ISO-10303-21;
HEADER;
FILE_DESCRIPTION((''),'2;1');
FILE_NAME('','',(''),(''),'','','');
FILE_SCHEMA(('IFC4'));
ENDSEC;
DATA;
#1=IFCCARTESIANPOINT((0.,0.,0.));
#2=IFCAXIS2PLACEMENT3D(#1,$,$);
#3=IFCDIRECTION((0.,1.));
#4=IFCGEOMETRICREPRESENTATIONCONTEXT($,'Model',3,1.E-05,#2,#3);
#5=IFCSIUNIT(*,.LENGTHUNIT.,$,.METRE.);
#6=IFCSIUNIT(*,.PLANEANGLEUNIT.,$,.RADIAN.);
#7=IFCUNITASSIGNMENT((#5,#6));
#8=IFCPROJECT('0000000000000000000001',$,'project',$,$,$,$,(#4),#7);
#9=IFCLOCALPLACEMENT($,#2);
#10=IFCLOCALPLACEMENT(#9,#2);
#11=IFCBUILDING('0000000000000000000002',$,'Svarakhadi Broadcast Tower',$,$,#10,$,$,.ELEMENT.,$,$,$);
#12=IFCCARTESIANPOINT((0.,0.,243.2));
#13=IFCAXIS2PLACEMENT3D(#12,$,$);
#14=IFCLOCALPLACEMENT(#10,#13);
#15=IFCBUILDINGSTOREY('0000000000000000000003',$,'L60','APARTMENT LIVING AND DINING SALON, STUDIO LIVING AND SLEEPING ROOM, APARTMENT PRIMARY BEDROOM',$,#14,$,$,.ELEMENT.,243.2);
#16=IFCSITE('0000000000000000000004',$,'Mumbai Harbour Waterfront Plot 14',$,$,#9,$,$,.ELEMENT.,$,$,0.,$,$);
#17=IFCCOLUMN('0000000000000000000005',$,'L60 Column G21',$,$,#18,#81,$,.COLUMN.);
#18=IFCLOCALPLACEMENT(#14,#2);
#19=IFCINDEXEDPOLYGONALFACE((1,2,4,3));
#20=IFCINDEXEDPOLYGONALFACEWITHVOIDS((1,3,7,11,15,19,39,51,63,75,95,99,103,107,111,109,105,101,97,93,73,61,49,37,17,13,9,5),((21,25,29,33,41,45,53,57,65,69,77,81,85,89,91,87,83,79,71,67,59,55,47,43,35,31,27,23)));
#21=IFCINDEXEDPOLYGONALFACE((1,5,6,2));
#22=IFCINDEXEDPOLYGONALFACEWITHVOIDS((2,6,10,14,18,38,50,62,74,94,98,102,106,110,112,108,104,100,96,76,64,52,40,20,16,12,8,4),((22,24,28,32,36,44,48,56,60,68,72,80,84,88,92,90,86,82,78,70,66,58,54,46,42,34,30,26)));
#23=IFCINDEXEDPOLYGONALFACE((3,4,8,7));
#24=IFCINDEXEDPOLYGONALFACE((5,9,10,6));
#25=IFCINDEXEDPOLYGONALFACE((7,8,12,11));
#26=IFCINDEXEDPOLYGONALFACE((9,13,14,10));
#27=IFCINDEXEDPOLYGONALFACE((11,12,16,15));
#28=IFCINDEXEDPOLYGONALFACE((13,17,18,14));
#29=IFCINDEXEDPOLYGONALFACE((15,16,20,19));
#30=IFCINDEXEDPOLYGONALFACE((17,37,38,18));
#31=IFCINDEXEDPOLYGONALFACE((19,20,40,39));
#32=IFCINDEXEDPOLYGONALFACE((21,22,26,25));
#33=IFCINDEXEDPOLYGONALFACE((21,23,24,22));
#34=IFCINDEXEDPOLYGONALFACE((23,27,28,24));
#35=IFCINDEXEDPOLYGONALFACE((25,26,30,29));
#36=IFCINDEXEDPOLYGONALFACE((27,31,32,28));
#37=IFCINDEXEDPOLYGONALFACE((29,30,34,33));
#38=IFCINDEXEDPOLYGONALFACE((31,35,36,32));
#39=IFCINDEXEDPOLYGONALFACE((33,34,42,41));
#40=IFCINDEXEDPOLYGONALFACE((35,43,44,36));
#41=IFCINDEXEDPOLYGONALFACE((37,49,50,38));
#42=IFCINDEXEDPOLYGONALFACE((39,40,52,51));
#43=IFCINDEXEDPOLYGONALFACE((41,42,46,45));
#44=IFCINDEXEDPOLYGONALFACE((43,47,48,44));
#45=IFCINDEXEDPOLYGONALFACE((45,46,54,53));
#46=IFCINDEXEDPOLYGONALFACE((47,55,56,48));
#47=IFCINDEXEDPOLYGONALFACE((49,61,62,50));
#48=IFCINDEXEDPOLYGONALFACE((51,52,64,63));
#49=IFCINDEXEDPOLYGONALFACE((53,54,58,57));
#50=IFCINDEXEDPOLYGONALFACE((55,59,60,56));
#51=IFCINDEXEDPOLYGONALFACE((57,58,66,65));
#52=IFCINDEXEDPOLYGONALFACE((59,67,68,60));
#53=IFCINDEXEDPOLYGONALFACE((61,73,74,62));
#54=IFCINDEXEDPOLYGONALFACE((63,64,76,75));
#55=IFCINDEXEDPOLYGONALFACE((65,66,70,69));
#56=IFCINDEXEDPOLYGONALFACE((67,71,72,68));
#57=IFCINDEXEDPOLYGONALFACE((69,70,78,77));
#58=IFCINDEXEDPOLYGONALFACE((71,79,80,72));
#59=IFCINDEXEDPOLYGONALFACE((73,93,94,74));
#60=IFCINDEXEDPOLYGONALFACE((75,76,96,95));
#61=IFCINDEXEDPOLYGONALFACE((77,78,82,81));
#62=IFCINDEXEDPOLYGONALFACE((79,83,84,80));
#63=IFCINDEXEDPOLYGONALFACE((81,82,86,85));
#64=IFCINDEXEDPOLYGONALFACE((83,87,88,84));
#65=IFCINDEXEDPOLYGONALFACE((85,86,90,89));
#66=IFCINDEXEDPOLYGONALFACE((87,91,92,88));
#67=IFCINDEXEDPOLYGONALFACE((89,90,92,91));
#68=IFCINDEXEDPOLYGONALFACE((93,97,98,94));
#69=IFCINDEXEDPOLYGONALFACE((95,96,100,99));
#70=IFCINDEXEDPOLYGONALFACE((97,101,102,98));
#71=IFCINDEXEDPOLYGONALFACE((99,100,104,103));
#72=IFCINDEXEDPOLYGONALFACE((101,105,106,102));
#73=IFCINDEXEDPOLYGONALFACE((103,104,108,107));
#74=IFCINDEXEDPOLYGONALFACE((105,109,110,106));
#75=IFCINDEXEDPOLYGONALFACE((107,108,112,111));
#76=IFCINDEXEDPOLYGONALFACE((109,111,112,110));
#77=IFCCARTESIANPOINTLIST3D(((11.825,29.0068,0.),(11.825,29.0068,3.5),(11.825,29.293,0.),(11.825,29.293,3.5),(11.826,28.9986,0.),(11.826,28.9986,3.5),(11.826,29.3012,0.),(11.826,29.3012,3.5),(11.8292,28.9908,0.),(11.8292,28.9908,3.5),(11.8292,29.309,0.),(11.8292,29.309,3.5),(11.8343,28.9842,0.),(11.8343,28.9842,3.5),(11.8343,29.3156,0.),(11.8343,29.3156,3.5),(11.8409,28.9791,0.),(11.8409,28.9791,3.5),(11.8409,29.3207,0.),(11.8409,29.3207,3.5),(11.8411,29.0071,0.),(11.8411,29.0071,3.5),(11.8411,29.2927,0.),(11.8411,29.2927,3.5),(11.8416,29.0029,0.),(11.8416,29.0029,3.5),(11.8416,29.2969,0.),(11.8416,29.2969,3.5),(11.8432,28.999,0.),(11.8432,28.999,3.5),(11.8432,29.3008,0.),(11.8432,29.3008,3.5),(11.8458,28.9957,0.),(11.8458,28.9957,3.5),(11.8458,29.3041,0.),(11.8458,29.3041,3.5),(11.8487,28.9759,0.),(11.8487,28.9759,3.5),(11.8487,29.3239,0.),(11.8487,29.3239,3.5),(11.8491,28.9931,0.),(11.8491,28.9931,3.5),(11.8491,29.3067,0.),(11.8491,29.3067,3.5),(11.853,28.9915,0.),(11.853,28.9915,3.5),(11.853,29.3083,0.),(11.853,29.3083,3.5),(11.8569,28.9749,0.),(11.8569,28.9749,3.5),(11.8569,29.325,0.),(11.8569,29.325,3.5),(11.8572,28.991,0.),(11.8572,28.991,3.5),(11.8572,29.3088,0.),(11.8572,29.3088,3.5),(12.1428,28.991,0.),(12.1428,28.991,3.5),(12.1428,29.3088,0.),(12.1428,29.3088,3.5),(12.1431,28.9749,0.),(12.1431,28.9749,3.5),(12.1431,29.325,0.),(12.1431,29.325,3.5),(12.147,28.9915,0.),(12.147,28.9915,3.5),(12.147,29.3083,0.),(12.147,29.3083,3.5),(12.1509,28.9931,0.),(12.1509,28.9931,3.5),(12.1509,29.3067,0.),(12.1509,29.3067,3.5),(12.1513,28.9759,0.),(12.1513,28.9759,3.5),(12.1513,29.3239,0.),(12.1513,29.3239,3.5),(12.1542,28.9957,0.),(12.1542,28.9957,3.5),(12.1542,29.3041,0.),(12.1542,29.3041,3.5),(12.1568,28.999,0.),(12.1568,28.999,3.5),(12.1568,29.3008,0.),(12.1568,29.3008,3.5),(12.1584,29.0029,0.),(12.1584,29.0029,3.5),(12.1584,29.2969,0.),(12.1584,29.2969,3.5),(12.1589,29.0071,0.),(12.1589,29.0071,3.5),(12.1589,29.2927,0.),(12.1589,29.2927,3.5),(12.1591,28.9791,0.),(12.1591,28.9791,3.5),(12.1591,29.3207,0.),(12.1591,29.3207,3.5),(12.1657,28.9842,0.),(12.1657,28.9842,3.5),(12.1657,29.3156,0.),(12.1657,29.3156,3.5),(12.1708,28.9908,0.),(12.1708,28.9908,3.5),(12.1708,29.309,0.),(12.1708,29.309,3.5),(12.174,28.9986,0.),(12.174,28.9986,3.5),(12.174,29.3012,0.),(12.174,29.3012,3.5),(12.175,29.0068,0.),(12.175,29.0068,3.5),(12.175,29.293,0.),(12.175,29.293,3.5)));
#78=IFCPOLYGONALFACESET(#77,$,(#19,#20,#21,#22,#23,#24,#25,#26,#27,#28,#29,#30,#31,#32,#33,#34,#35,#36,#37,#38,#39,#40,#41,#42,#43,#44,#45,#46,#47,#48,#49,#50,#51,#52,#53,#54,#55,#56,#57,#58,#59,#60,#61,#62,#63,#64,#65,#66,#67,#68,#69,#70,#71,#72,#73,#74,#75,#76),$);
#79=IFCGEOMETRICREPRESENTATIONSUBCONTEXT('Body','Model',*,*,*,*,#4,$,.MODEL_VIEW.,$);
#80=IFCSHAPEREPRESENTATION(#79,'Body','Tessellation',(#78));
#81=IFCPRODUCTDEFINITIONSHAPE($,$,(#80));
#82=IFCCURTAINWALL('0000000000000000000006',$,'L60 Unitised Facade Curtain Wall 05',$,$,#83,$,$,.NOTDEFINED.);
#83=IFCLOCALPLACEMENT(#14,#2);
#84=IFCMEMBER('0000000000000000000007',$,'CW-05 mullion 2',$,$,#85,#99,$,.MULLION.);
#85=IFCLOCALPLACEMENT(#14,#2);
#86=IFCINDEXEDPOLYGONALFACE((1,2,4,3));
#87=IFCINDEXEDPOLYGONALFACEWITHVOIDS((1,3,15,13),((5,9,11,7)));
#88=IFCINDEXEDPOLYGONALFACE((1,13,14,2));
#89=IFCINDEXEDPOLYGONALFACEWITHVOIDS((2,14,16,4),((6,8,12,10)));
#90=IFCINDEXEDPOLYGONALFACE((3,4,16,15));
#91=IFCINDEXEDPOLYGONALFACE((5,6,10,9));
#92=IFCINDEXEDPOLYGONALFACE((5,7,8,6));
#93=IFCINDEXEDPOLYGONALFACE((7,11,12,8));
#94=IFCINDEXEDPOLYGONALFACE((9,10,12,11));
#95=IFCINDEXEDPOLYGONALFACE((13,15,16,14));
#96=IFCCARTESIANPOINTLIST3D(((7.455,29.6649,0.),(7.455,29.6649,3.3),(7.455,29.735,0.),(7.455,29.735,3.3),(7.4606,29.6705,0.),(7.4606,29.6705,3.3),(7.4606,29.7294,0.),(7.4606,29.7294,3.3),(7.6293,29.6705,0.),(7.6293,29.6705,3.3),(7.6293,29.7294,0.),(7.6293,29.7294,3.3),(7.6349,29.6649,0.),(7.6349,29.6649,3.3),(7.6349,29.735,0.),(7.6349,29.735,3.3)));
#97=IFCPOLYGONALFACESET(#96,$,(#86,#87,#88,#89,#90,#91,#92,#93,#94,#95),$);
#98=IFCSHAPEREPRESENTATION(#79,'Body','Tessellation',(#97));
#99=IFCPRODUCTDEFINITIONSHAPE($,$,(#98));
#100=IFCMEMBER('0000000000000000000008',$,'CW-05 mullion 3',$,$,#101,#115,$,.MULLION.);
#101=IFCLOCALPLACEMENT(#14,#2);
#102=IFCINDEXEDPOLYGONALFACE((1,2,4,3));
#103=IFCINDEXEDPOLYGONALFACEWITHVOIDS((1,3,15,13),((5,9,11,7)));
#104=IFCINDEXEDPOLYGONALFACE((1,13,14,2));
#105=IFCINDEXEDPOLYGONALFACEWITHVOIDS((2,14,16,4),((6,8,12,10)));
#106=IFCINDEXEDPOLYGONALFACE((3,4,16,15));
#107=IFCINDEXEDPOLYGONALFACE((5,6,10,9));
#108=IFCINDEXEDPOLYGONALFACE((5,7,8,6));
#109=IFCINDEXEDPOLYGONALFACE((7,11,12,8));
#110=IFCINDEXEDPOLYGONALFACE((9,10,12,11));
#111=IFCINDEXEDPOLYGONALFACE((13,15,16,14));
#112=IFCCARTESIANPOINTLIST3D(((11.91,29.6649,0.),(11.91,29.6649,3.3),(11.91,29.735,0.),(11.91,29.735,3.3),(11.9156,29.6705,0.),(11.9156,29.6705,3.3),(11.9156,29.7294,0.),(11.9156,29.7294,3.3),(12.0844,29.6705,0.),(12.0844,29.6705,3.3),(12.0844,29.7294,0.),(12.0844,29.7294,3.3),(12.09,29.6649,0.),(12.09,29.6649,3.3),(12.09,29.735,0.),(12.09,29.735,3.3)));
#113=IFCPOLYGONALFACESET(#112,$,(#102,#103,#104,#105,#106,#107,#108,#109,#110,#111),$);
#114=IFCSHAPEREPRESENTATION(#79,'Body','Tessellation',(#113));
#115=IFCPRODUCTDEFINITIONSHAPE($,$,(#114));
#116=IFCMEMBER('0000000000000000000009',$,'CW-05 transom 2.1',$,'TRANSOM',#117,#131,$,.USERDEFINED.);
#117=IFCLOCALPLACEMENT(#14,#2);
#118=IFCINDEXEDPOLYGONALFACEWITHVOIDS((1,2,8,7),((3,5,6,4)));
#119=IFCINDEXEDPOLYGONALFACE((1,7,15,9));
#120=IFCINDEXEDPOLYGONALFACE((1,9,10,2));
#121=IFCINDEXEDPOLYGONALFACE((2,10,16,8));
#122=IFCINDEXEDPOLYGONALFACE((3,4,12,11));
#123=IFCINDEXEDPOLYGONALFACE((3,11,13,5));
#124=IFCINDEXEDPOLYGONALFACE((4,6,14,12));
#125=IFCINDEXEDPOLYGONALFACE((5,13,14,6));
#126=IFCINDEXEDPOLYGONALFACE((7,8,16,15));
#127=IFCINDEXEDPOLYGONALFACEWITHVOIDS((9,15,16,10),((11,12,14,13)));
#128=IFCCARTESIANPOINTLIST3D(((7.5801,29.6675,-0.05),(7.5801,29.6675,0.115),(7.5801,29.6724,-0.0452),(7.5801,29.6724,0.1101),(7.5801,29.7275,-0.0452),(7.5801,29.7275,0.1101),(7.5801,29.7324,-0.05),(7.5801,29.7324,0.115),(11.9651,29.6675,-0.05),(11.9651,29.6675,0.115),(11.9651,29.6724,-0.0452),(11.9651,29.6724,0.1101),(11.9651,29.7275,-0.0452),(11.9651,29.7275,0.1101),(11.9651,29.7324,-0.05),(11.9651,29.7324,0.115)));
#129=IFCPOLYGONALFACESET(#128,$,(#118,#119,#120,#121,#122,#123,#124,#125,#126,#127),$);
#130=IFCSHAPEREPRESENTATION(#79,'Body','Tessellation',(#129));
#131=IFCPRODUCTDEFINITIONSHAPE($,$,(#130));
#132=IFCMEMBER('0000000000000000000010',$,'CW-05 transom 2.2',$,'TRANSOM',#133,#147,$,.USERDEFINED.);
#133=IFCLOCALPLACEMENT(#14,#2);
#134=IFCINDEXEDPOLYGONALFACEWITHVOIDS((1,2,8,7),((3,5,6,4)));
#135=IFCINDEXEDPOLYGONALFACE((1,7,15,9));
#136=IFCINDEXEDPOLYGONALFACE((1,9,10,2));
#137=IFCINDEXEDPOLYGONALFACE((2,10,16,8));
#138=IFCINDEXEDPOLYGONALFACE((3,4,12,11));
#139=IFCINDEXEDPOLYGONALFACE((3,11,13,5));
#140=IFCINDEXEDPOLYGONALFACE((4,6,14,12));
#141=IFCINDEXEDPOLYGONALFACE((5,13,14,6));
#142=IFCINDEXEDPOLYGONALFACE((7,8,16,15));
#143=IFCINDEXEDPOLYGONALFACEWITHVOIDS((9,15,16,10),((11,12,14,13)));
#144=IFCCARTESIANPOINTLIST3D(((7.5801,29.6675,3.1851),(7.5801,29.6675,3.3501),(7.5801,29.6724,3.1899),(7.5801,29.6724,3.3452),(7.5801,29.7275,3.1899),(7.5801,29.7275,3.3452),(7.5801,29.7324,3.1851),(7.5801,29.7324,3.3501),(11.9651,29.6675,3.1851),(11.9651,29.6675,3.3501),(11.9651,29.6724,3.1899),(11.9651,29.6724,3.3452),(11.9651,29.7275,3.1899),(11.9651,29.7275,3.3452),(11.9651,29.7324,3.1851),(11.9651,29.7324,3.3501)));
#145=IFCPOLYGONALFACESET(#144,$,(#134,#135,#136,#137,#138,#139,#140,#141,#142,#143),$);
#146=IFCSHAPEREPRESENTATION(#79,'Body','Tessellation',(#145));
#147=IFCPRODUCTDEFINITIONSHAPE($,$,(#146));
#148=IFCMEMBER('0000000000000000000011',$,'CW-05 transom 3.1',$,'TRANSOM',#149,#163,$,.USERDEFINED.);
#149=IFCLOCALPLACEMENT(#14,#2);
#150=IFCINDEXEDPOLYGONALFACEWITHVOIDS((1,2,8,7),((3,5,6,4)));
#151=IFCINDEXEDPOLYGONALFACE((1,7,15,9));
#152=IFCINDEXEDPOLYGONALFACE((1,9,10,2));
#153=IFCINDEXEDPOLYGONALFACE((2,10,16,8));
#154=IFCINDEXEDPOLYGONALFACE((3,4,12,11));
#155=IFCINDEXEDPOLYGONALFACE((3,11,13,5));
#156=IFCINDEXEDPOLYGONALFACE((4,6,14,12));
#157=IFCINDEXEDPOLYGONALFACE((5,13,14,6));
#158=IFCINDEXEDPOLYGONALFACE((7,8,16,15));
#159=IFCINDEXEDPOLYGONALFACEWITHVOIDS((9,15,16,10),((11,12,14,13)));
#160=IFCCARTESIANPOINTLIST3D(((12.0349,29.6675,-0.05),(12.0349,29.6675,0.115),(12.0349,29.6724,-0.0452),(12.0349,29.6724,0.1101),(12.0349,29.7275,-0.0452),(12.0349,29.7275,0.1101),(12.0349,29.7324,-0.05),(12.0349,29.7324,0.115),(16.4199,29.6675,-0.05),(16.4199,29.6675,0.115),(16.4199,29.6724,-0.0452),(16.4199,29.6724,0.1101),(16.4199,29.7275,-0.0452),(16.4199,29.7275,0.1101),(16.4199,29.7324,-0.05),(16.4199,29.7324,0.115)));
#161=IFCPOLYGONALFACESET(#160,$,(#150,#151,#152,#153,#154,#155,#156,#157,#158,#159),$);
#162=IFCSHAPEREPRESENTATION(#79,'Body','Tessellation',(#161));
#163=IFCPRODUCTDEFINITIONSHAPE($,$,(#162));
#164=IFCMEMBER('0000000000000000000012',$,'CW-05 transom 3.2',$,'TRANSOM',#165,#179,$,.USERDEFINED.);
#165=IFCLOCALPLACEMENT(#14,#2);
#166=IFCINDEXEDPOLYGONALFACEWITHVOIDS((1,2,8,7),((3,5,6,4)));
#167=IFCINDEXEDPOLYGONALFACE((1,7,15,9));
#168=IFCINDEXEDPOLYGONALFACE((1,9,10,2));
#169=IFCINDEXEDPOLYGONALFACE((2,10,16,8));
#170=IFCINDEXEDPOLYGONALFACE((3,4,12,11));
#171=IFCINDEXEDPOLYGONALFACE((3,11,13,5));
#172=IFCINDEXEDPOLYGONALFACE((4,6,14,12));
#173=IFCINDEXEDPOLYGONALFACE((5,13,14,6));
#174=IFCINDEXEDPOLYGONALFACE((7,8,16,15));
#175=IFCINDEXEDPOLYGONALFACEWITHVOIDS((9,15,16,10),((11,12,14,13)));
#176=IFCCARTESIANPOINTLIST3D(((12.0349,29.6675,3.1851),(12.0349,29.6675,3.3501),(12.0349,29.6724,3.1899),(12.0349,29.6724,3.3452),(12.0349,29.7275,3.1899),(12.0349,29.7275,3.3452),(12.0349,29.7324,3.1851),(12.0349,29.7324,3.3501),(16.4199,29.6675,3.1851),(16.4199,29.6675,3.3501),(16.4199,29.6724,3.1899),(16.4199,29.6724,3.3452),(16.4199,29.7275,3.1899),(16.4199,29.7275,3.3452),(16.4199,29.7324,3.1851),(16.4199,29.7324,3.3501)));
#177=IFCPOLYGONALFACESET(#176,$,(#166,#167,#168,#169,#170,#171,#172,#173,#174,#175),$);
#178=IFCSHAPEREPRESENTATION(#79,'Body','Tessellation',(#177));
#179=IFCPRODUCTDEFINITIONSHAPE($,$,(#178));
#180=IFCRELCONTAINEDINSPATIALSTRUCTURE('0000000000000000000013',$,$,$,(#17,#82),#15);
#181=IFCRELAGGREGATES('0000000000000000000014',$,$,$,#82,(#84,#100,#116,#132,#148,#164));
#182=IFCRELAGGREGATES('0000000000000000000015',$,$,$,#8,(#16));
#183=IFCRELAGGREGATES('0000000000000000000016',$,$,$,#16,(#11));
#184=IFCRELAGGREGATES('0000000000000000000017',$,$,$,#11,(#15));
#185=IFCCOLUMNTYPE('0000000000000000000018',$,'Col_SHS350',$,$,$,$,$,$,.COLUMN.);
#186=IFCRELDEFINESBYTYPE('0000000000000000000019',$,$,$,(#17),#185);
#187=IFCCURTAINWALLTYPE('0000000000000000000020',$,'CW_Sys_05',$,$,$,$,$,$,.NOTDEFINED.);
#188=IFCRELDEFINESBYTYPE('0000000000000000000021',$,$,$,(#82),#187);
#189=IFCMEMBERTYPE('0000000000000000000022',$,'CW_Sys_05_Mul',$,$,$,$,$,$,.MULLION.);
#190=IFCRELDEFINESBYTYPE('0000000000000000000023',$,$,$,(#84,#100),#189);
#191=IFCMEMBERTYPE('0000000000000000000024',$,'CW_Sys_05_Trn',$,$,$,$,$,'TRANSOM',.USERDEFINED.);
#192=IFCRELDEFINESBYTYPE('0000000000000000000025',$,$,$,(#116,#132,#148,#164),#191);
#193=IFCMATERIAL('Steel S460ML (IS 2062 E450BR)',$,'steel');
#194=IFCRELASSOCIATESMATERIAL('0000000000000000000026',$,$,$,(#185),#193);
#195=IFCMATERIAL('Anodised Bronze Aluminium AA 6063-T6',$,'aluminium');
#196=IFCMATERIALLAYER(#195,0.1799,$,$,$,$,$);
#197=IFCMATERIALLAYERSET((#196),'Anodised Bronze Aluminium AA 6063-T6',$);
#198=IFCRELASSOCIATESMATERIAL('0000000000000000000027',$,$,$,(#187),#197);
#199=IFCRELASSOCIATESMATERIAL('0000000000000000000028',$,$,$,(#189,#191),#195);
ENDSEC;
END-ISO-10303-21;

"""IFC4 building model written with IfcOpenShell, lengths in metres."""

from ifc_helpers import new_model, si_unit, direction, frame, origin, origin_2d, place, context, subcontext, project, spatial, hollow_rectangle, extrude, material, layer, layer_set, material_profile, profile_set, type_object, element, aggregate, save


model = new_model("IFC4")

# Units and contexts
model_context = context("Model", 3, precision=1e-05, world=origin(), true_north=direction((0.0, 1.0)))
body_context = subcontext(model_context, "Body", "Model", "MODEL_VIEW")
ifc_project = project(units=[si_unit("LENGTHUNIT", "METRE"), si_unit("PLANEANGLEUNIT", "RADIAN")], contexts=[model_context])

# Site, building, storey
site_placement = place(None, origin())
site = spatial("IfcSite", under=ifc_project, at=site_placement, Name="Mumbai Harbour Waterfront Plot 14", CompositionType="ELEMENT", RefElevation=0.0)
building_placement = place(site_placement, origin())
building = spatial("IfcBuilding", under=site, at=building_placement, Name="Svarakhadi Broadcast Tower", CompositionType="ELEMENT")
storey_placement = place(building_placement, frame((0.0, 0.0, 243.2)))
storey = spatial("IfcBuildingStorey", under=building, at=storey_placement, Name="L60", Description="APARTMENT LIVING AND DINING SALON, STUDIO LIVING AND SLEEPING ROOM, APARTMENT PRIMARY BEDROOM", CompositionType="ELEMENT", Elevation=243.2)

# Column
ifc_material_1 = material(Name="Steel S460ML (IS 2062 E450BR)", Category="steel")
ifc_material_profile_1 = material_profile(ifc_material_1, hollow_rectangle(XDim=0.3501, YDim=0.3501, WallThickness=0.0161, InnerFilletRadius=0.0161, OuterFilletRadius=0.032, at=origin_2d()), Name="SHS 350x350x16")
ifc_profile_set_1 = profile_set([ifc_material_profile_1], Name="Steel S460ML (IS 2062 E450BR)")
column_type = type_object("IfcColumnType", Name="Col_SHS350", PredefinedType="COLUMN", material=ifc_profile_set_1)
column_placement = place(storey_placement, frame((12.0, 29.1499, 0.0), z_axis=(0.0, 0.0, 1.0), x_axis=(1.0, 0.0, 0.0)))
element("IfcColumn", 1, at=column_placement, inside=storey, type_object=column_type, Name="L60 Column G21", PredefinedType="COLUMN", context=body_context, shape_type="SweptSolid", body=[
    extrude(hollow_rectangle(XDim=0.3501, YDim=0.3501, WallThickness=0.0161, InnerFilletRadius=0.0161, OuterFilletRadius=0.032, at=origin_2d()), origin(), (0.0, 0.0, 1.0), 3.5),
])

# Curtain wall, members
ifc_material_2 = material(Name="Anodised Bronze Aluminium AA 6063-T6", Category="aluminium")
ifc_layer_1 = layer(ifc_material_2, 0.1799)
ifc_layer_set_1 = layer_set([ifc_layer_1], Name="Anodised Bronze Aluminium AA 6063-T6")
curtain_wall_type = type_object("IfcCurtainWallType", Name="CW_Sys_05", PredefinedType="NOTDEFINED", material=ifc_layer_set_1)
curtain_wall_placement = place(storey_placement, origin())
curtain_wall = element("IfcCurtainWall", 2, at=curtain_wall_placement, inside=storey, type_object=curtain_wall_type, Name="L60 Unitised Facade Curtain Wall 05", PredefinedType="NOTDEFINED")
ifc_material_profile_2 = material_profile(ifc_material_2, hollow_rectangle(XDim=0.0701, YDim=0.1799, WallThickness=0.0056, at=origin_2d()), Name="ALU MULLION 180x70x6")
ifc_profile_set_2 = profile_set([ifc_material_profile_2], Name="Anodised Bronze Aluminium AA 6063-T6")
member_type_1 = type_object("IfcMemberType", Name="CW_Sys_05_Mul", PredefinedType="MULLION", material=ifc_profile_set_2)
member_1_placement = place(storey_placement, frame((7.5449, 29.7, 0.0), z_axis=(0.0, 0.0, 1.0), x_axis=(0.0, 1.0, 0.0)))
member_1 = element("IfcMember", 3, at=member_1_placement, type_object=member_type_1, Name="CW-05 mullion 2", PredefinedType="MULLION", context=body_context, shape_type="SweptSolid", body=[
    extrude(hollow_rectangle(XDim=0.0701, YDim=0.1799, WallThickness=0.0056, at=origin_2d()), origin(), (0.0, 0.0, 1.0), 3.3),
])
member_2_placement = place(storey_placement, frame((12.0, 29.7, 0.0), z_axis=(0.0, 0.0, 1.0), x_axis=(0.0, 1.0, 0.0)))
member_2 = element("IfcMember", 4, at=member_2_placement, type_object=member_type_1, Name="CW-05 mullion 3", PredefinedType="MULLION", context=body_context, shape_type="SweptSolid", body=[
    extrude(hollow_rectangle(XDim=0.0701, YDim=0.1799, WallThickness=0.0056, at=origin_2d()), origin(), (0.0, 0.0, 1.0), 3.3),
])
ifc_material_profile_3 = material_profile(ifc_material_2, hollow_rectangle(XDim=0.0649, YDim=0.165, WallThickness=0.0049, at=origin_2d()), Name="ALU TRANSOM 165x65x5")
ifc_profile_set_3 = profile_set([ifc_material_profile_3], Name="Anodised Bronze Aluminium AA 6063-T6")
member_type_2 = type_object("IfcMemberType", Name="CW_Sys_05_Trn", ElementType="TRANSOM", PredefinedType="USERDEFINED", material=ifc_profile_set_3)
member_3_placement = place(storey_placement, frame((7.5801, 29.7, 0.0325), z_axis=(1.0, 0.0, 0.0), x_axis=(0.0, 1.0, 0.0)))
member_3 = element("IfcMember", 5, at=member_3_placement, type_object=member_type_2, Name="CW-05 transom 2.1", ObjectType="TRANSOM", PredefinedType="USERDEFINED", context=body_context, shape_type="SweptSolid", body=[
    extrude(hollow_rectangle(XDim=0.0649, YDim=0.165, WallThickness=0.0049, at=origin_2d()), origin(), (0.0, 0.0, 1.0), 4.385),
])
member_4_placement = place(storey_placement, frame((7.5801, 29.7, 3.2676), z_axis=(1.0, 0.0, 0.0), x_axis=(0.0, 1.0, 0.0)))
member_4 = element("IfcMember", 6, at=member_4_placement, type_object=member_type_2, Name="CW-05 transom 2.2", ObjectType="TRANSOM", PredefinedType="USERDEFINED", context=body_context, shape_type="SweptSolid", body=[
    extrude(hollow_rectangle(XDim=0.0649, YDim=0.165, WallThickness=0.0049, at=origin_2d()), origin(), (0.0, 0.0, 1.0), 4.385),
])
member_5_placement = place(storey_placement, frame((12.0349, 29.7, 0.0325), z_axis=(1.0, 0.0, 0.0), x_axis=(0.0, 1.0, 0.0)))
member_5 = element("IfcMember", 7, at=member_5_placement, type_object=member_type_2, Name="CW-05 transom 3.1", ObjectType="TRANSOM", PredefinedType="USERDEFINED", context=body_context, shape_type="SweptSolid", body=[
    extrude(hollow_rectangle(XDim=0.0649, YDim=0.165, WallThickness=0.0049, at=origin_2d()), origin(), (0.0, 0.0, 1.0), 4.385),
])
member_6_placement = place(storey_placement, frame((12.0349, 29.7, 3.2676), z_axis=(1.0, 0.0, 0.0), x_axis=(0.0, 1.0, 0.0)))
member_6 = element("IfcMember", 8, at=member_6_placement, type_object=member_type_2, Name="CW-05 transom 3.2", ObjectType="TRANSOM", PredefinedType="USERDEFINED", context=body_context, shape_type="SweptSolid", body=[
    extrude(hollow_rectangle(XDim=0.0649, YDim=0.165, WallThickness=0.0049, at=origin_2d()), origin(), (0.0, 0.0, 1.0), 4.385),
])

aggregate(curtain_wall, [member_1, member_2, member_3, member_4, member_5, member_6])

save(model, "model.ifc")
